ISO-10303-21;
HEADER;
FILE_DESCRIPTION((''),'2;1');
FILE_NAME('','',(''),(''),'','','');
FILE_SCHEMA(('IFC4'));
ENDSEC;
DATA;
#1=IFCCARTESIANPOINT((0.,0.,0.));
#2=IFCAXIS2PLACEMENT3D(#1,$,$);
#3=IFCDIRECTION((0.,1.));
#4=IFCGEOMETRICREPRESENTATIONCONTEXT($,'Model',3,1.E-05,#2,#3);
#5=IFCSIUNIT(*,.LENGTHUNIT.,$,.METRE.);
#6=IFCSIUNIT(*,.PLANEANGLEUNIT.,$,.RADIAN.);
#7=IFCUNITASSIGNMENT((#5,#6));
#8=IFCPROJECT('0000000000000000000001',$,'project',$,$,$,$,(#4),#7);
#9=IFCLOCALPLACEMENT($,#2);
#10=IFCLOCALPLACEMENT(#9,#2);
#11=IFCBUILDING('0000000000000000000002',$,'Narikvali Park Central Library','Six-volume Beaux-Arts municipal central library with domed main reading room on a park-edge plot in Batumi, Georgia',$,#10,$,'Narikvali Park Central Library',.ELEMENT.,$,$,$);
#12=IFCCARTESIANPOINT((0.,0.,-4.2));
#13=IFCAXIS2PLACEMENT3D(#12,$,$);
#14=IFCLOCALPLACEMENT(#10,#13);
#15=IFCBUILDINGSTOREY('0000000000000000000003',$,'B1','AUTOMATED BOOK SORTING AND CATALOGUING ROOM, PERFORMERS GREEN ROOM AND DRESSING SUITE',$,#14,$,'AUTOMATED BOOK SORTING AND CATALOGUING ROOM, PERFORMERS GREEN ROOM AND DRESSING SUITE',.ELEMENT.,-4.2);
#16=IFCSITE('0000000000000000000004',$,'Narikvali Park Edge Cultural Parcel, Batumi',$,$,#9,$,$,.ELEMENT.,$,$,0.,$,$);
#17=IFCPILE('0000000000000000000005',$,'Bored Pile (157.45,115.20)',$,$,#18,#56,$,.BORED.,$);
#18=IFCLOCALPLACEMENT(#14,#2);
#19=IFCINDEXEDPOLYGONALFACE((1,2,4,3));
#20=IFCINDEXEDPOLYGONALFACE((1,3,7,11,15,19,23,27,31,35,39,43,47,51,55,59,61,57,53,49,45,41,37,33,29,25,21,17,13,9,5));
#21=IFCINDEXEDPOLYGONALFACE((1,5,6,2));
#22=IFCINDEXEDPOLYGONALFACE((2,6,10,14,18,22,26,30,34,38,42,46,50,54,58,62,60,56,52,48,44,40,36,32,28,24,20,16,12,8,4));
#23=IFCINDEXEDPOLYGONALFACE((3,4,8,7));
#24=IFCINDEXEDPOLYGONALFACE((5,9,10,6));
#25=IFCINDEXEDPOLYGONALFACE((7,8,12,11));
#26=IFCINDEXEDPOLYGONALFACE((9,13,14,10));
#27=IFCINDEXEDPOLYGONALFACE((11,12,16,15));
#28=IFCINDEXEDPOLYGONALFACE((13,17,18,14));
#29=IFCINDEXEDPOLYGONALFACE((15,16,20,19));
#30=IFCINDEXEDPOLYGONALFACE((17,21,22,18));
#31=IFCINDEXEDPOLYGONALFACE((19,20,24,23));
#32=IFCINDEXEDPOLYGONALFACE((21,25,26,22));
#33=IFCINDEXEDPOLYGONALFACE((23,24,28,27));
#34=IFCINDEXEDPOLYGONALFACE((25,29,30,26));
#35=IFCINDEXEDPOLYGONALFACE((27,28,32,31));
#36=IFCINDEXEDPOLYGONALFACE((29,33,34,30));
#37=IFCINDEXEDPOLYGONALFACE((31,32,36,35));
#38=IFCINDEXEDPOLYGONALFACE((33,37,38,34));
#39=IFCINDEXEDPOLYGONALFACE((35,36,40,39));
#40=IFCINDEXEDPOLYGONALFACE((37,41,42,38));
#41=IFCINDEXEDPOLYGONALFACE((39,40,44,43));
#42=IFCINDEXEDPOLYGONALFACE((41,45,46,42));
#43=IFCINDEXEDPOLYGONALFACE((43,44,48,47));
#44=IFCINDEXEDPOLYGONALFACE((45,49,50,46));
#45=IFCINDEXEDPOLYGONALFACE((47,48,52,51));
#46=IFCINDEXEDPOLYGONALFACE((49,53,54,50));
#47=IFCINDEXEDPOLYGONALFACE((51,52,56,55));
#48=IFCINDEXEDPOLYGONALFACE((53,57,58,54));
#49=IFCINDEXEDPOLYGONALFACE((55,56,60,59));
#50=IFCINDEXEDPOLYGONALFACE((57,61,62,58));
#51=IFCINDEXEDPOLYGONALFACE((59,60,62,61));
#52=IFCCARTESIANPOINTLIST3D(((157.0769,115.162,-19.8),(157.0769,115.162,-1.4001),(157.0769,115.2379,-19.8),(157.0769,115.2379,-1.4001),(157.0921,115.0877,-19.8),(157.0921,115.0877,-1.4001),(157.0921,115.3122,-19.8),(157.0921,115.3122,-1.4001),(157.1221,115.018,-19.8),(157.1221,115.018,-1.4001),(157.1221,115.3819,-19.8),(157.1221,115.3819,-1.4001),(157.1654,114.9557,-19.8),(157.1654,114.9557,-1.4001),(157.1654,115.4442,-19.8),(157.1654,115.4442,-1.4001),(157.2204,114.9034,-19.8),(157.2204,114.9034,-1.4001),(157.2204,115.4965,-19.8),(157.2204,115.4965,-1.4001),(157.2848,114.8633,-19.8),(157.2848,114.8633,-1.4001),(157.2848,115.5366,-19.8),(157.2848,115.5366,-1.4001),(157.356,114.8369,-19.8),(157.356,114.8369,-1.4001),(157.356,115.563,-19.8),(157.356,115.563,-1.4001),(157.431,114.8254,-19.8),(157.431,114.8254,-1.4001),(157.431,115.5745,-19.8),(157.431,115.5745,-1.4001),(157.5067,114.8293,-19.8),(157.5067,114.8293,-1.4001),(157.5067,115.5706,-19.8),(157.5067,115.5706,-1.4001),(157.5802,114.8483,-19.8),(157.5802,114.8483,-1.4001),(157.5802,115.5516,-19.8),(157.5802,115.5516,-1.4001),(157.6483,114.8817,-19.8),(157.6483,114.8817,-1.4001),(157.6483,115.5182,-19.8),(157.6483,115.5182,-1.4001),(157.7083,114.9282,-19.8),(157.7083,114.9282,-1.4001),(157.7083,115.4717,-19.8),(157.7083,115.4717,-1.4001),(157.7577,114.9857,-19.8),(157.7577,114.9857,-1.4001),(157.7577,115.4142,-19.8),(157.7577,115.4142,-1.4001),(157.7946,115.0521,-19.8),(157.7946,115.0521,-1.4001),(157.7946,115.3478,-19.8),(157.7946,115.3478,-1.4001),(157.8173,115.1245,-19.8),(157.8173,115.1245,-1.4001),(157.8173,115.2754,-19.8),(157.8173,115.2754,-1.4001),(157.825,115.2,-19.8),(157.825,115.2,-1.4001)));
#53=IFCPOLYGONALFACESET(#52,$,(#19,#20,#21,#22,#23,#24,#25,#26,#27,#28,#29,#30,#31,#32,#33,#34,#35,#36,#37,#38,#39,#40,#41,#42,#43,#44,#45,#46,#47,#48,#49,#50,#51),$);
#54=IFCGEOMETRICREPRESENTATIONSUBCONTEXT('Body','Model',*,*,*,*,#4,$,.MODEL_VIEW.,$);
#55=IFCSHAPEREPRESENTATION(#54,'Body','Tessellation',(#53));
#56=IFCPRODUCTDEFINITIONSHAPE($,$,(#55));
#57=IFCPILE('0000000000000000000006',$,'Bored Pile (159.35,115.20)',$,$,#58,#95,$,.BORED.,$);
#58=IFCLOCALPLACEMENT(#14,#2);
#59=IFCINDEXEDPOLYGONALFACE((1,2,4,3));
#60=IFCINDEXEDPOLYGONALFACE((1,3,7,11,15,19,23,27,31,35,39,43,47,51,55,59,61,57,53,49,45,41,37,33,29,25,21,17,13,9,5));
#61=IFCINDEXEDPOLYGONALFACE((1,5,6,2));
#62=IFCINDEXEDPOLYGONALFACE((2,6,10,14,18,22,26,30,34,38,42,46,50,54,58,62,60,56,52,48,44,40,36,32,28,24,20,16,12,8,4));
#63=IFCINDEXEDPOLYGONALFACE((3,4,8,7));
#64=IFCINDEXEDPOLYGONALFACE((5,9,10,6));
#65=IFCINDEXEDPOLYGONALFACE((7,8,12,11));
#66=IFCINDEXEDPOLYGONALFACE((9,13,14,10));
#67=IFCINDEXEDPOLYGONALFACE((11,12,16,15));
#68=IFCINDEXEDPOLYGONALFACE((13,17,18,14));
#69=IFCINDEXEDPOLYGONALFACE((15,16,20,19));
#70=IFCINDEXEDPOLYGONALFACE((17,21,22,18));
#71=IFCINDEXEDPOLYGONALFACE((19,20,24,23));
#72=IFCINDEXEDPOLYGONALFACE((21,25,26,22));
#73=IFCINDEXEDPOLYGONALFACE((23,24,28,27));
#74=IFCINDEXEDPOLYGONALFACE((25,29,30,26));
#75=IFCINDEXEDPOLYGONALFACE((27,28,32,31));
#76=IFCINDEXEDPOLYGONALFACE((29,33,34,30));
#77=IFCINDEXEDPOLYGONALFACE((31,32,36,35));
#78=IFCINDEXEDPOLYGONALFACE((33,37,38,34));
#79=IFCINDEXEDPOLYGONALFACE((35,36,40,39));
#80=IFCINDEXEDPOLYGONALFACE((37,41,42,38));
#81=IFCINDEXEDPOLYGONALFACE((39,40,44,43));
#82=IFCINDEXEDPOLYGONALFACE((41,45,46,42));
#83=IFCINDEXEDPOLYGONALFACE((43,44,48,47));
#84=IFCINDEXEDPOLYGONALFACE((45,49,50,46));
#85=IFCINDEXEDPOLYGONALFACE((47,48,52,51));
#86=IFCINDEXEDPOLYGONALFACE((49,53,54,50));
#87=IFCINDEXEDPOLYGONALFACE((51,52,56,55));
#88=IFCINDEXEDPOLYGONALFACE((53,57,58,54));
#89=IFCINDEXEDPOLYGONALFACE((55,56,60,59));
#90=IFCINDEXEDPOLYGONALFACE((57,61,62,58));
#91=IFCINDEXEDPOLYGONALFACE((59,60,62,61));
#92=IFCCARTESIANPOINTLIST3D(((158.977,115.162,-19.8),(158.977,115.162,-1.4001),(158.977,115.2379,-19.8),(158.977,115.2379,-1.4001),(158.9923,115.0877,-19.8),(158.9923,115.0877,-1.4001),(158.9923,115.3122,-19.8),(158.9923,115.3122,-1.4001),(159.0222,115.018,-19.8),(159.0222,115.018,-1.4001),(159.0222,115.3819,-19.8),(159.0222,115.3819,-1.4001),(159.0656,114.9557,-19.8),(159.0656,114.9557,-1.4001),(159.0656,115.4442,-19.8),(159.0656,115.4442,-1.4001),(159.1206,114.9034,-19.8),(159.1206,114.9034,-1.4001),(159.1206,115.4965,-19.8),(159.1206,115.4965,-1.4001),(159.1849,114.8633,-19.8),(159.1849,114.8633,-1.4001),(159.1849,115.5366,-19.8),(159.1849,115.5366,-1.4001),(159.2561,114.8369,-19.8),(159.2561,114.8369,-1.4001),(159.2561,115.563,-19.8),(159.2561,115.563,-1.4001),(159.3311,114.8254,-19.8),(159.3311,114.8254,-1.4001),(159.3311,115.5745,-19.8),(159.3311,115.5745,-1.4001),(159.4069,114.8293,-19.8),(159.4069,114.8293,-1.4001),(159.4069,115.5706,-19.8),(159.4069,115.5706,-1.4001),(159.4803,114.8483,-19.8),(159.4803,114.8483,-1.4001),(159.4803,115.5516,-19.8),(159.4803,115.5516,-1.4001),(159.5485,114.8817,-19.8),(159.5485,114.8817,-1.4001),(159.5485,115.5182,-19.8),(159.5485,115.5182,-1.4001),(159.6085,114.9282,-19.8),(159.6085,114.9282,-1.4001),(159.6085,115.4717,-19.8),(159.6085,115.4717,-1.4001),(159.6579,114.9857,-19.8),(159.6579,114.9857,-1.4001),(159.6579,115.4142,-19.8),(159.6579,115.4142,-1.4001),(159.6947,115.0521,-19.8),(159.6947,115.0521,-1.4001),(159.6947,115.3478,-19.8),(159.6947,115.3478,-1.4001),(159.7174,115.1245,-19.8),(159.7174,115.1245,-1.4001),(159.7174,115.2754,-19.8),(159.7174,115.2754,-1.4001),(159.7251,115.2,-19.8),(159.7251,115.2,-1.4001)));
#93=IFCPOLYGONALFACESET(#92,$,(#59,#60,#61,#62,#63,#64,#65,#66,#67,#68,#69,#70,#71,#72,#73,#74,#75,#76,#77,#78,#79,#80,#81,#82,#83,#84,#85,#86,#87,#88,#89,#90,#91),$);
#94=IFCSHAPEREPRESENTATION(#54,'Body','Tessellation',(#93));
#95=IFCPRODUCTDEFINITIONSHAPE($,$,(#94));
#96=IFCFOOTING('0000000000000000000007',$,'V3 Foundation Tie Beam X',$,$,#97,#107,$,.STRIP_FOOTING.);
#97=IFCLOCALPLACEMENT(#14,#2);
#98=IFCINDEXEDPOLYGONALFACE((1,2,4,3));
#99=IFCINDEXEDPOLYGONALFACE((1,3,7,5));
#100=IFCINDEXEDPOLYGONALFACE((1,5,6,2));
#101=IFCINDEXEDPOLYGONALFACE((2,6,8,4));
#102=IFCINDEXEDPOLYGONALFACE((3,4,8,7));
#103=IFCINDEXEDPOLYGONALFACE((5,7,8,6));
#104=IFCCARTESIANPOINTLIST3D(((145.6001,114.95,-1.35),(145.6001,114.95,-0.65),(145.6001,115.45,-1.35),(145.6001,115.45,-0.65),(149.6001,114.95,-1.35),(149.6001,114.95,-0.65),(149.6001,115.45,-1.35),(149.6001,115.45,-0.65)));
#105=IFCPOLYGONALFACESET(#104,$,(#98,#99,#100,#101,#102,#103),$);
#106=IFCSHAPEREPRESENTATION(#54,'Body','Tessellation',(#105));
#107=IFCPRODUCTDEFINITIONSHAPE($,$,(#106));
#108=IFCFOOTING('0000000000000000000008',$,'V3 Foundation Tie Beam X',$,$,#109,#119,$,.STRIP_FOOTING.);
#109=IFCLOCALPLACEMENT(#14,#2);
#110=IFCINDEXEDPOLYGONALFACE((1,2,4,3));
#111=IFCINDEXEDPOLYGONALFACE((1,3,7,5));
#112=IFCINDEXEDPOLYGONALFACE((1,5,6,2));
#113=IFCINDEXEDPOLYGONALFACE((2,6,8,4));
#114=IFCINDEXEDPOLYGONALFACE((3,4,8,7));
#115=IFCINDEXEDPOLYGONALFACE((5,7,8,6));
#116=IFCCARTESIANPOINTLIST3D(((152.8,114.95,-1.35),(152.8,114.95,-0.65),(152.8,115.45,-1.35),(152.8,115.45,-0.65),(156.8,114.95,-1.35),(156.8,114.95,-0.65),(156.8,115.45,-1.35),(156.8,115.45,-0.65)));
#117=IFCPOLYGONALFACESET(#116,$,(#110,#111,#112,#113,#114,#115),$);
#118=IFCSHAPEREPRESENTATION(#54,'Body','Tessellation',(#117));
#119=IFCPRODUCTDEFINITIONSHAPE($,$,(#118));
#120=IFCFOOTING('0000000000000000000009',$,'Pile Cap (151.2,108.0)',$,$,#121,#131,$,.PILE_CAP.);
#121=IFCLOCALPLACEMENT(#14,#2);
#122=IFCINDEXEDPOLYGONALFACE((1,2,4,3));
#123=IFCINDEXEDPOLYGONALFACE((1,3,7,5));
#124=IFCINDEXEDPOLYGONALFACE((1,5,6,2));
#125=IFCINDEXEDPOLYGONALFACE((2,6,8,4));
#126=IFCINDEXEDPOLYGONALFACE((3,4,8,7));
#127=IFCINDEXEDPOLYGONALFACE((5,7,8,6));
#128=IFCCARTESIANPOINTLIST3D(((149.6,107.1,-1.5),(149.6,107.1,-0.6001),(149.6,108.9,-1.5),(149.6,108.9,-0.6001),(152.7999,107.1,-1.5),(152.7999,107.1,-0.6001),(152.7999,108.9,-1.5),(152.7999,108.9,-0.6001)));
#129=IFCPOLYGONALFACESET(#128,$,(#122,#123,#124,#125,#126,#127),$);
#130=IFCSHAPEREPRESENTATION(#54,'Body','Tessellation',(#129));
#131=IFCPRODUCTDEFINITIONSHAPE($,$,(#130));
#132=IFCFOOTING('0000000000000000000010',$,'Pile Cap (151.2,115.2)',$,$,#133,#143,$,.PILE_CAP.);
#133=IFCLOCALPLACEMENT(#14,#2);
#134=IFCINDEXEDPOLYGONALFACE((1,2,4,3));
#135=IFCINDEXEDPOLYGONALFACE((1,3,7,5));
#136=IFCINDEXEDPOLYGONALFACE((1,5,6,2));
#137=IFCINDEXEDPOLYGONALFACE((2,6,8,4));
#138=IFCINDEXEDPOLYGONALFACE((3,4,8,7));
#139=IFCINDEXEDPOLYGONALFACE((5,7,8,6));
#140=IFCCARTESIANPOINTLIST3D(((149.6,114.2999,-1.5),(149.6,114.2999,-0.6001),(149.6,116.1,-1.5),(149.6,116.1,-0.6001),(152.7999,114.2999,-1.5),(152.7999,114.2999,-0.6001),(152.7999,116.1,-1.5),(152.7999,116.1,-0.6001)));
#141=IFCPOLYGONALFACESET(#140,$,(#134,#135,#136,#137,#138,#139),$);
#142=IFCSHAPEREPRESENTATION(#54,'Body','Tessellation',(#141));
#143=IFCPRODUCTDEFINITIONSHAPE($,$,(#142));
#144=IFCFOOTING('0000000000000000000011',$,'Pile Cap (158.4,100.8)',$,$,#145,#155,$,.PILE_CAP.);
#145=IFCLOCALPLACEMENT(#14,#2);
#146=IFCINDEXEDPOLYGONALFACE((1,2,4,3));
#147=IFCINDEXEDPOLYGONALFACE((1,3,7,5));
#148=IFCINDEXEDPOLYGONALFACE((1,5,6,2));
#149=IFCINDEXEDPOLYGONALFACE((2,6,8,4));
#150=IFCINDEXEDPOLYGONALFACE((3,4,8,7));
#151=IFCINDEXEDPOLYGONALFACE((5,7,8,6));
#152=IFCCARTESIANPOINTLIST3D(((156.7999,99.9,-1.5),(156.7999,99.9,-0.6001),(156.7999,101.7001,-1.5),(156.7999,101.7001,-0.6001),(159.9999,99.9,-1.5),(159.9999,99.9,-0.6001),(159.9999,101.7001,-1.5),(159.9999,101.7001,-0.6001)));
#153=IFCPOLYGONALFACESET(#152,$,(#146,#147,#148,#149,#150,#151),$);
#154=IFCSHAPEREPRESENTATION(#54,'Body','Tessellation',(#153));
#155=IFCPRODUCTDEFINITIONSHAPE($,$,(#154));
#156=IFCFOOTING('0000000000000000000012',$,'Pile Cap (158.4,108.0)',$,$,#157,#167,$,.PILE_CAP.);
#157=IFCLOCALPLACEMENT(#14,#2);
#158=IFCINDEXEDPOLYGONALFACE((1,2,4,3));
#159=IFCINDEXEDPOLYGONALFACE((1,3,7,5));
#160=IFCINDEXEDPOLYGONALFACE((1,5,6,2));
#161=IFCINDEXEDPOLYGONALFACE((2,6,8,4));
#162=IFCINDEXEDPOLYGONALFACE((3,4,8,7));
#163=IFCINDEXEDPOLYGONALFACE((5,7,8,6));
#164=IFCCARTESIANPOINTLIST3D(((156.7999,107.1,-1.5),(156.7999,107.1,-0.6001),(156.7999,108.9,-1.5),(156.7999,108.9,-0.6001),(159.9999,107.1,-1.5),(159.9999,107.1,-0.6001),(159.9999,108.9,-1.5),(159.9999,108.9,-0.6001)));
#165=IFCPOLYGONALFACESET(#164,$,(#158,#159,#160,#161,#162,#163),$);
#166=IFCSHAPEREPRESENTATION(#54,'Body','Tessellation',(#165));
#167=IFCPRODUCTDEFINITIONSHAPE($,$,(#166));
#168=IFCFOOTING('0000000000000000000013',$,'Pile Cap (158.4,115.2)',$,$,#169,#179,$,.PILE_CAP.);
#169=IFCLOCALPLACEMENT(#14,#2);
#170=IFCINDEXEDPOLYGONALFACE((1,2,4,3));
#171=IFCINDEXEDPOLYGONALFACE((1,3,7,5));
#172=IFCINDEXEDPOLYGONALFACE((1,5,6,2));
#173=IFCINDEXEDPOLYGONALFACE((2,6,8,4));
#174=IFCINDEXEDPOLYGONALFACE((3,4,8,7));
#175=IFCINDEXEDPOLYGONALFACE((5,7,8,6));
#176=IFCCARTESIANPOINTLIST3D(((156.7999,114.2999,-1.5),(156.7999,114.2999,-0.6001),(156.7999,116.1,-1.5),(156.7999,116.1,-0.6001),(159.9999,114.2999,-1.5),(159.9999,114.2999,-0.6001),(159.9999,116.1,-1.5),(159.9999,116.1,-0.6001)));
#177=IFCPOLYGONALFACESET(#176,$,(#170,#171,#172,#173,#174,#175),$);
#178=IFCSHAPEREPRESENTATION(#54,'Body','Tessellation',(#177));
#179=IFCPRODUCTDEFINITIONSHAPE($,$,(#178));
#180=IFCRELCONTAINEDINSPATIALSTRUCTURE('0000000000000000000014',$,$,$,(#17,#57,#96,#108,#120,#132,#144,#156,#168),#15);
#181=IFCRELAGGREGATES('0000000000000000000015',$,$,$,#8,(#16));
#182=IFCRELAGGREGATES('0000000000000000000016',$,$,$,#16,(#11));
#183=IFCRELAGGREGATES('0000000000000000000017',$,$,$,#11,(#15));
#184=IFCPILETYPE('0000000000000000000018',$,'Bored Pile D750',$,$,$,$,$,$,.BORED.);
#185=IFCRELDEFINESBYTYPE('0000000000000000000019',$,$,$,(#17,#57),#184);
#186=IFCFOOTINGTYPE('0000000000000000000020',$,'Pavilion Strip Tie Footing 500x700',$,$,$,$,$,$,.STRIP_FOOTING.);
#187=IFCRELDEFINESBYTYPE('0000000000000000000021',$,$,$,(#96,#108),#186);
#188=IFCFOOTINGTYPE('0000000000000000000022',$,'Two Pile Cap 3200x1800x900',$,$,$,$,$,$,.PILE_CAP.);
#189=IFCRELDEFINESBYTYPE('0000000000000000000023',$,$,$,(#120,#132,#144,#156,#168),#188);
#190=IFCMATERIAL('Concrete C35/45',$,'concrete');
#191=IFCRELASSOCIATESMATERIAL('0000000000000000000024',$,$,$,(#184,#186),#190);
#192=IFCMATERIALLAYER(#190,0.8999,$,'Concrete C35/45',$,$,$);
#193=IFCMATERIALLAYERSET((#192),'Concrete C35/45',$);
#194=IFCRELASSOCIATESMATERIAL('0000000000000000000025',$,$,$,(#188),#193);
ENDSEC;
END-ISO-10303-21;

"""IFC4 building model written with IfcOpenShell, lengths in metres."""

from ifc_helpers import new_model, si_unit, direction, frame, origin, origin_2d, place, context, subcontext, project, spatial, rectangle, circle, extrude, material, layer, layer_set, material_profile, profile_set, type_object, element, save


model = new_model("IFC4")

# Units and contexts
model_context = context("Model", 3, precision=1e-05, world=origin(), true_north=direction((0.0, 1.0)))
body_context = subcontext(model_context, "Body", "Model", "MODEL_VIEW")
ifc_project = project(units=[si_unit("LENGTHUNIT", "METRE"), si_unit("PLANEANGLEUNIT", "RADIAN")], contexts=[model_context])

# Site, building, storey
site_placement = place(None, origin())
site = spatial("IfcSite", under=ifc_project, at=site_placement, Name="Narikvali Park Edge Cultural Parcel, Batumi", CompositionType="ELEMENT", RefElevation=0.0)
building_placement = place(site_placement, origin())
building = spatial("IfcBuilding", under=site, at=building_placement, Name="Narikvali Park Central Library", Description="Six-volume Beaux-Arts municipal central library with domed main reading room on a park-edge plot in Batumi, Georgia", LongName="Narikvali Park Central Library", CompositionType="ELEMENT")
storey_placement = place(building_placement, frame((0.0, 0.0, -4.2)))
storey = spatial("IfcBuildingStorey", under=building, at=storey_placement, Name="B1", Description="AUTOMATED BOOK SORTING AND CATALOGUING ROOM, PERFORMERS GREEN ROOM AND DRESSING SUITE", LongName="AUTOMATED BOOK SORTING AND CATALOGUING ROOM, PERFORMERS GREEN ROOM AND DRESSING SUITE", CompositionType="ELEMENT", Elevation=-4.2)

# Piles
ifc_material_1 = material(Name="Concrete C35/45", Category="concrete")
ifc_material_profile_1 = material_profile(ifc_material_1, circle(Radius=0.375, at=origin_2d()), Name="PILE D750")
ifc_profile_set_1 = profile_set([ifc_material_profile_1], Name="Concrete C35/45")
pile_type = type_object("IfcPileType", Name="Bored Pile D750", PredefinedType="BORED", material=ifc_profile_set_1)
for number, where, z_axis, x_axis, name in (
    (1, (157.45, 115.2, -1.4001), (0.0, 0.0, -1.0), (1.0, 0.0, 0.0), "Bored Pile (157.45,115.20)"),
    (2, (159.3501, 115.2, -1.4001), (0.0, 0.0, -1.0), (1.0, 0.0, 0.0), "Bored Pile (159.35,115.20)"),
):
    element("IfcPile", number, at=place(storey_placement, frame(where, z_axis=z_axis, x_axis=x_axis)), inside=storey, type_object=pile_type, Name=name, PredefinedType="BORED", context=body_context, shape_type="SweptSolid", body=[
        extrude(circle(Radius=0.375, at=origin_2d()), origin(), (0.0, 0.0, 1.0), 18.3999),
    ])

# Footings
ifc_material_profile_2 = material_profile(ifc_material_1, rectangle(XDim=0.5, YDim=0.7, at=origin_2d()), Name="RC GB 500x700")
ifc_profile_set_2 = profile_set([ifc_material_profile_2], Name="Concrete C35/45")
footing_type_1 = type_object("IfcFootingType", Name="Pavilion Strip Tie Footing 500x700", PredefinedType="STRIP_FOOTING", material=ifc_profile_set_2)
for number, where, z_axis, x_axis, name in (
    (3, (145.6001, 115.2, -1.0), (1.0, 0.0, 0.0), (0.0, 1.0, 0.0), "V3 Foundation Tie Beam X"),
    (4, (152.8, 115.2, -1.0), (1.0, 0.0, 0.0), (0.0, 1.0, 0.0), "V3 Foundation Tie Beam X"),
):
    element("IfcFooting", number, at=place(storey_placement, frame(where, z_axis=z_axis, x_axis=x_axis)), inside=storey, type_object=footing_type_1, Name=name, PredefinedType="STRIP_FOOTING", context=body_context, shape_type="SweptSolid", body=[
        extrude(rectangle(XDim=0.5, YDim=0.7, at=origin_2d()), origin(), (0.0, 0.0, 1.0), 4.0),
    ])
ifc_layer_1 = layer(ifc_material_1, 0.8999, Name="Concrete C35/45")
ifc_layer_set_1 = layer_set([ifc_layer_1], Name="Concrete C35/45")
footing_type_2 = type_object("IfcFootingType", Name="Two Pile Cap 3200x1800x900", PredefinedType="PILE_CAP", material=ifc_layer_set_1)
for number, where, z_axis, x_axis, name in (
    (5, (151.2, 108.0, -1.5), (0.0, 0.0, 1.0), (1.0, 0.0, 0.0), "Pile Cap (151.2,108.0)"),
    (6, (151.2, 115.2, -1.5), (0.0, 0.0, 1.0), (1.0, 0.0, 0.0), "Pile Cap (151.2,115.2)"),
    (7, (158.3999, 100.8, -1.5), (0.0, 0.0, 1.0), (1.0, 0.0, 0.0), "Pile Cap (158.4,100.8)"),
    (8, (158.3999, 108.0, -1.5), (0.0, 0.0, 1.0), (1.0, 0.0, 0.0), "Pile Cap (158.4,108.0)"),
    (9, (158.3999, 115.2, -1.5), (0.0, 0.0, 1.0), (1.0, 0.0, 0.0), "Pile Cap (158.4,115.2)"),
):
    element("IfcFooting", number, at=place(storey_placement, frame(where, z_axis=z_axis, x_axis=x_axis)), inside=storey, type_object=footing_type_2, Name=name, PredefinedType="PILE_CAP", context=body_context, shape_type="SweptSolid", body=[
        extrude(rectangle(XDim=3.2, YDim=1.8, at=origin_2d()), origin(), (0.0, 0.0, 1.0), 0.8999),
    ])

save(model, "model.ifc")
